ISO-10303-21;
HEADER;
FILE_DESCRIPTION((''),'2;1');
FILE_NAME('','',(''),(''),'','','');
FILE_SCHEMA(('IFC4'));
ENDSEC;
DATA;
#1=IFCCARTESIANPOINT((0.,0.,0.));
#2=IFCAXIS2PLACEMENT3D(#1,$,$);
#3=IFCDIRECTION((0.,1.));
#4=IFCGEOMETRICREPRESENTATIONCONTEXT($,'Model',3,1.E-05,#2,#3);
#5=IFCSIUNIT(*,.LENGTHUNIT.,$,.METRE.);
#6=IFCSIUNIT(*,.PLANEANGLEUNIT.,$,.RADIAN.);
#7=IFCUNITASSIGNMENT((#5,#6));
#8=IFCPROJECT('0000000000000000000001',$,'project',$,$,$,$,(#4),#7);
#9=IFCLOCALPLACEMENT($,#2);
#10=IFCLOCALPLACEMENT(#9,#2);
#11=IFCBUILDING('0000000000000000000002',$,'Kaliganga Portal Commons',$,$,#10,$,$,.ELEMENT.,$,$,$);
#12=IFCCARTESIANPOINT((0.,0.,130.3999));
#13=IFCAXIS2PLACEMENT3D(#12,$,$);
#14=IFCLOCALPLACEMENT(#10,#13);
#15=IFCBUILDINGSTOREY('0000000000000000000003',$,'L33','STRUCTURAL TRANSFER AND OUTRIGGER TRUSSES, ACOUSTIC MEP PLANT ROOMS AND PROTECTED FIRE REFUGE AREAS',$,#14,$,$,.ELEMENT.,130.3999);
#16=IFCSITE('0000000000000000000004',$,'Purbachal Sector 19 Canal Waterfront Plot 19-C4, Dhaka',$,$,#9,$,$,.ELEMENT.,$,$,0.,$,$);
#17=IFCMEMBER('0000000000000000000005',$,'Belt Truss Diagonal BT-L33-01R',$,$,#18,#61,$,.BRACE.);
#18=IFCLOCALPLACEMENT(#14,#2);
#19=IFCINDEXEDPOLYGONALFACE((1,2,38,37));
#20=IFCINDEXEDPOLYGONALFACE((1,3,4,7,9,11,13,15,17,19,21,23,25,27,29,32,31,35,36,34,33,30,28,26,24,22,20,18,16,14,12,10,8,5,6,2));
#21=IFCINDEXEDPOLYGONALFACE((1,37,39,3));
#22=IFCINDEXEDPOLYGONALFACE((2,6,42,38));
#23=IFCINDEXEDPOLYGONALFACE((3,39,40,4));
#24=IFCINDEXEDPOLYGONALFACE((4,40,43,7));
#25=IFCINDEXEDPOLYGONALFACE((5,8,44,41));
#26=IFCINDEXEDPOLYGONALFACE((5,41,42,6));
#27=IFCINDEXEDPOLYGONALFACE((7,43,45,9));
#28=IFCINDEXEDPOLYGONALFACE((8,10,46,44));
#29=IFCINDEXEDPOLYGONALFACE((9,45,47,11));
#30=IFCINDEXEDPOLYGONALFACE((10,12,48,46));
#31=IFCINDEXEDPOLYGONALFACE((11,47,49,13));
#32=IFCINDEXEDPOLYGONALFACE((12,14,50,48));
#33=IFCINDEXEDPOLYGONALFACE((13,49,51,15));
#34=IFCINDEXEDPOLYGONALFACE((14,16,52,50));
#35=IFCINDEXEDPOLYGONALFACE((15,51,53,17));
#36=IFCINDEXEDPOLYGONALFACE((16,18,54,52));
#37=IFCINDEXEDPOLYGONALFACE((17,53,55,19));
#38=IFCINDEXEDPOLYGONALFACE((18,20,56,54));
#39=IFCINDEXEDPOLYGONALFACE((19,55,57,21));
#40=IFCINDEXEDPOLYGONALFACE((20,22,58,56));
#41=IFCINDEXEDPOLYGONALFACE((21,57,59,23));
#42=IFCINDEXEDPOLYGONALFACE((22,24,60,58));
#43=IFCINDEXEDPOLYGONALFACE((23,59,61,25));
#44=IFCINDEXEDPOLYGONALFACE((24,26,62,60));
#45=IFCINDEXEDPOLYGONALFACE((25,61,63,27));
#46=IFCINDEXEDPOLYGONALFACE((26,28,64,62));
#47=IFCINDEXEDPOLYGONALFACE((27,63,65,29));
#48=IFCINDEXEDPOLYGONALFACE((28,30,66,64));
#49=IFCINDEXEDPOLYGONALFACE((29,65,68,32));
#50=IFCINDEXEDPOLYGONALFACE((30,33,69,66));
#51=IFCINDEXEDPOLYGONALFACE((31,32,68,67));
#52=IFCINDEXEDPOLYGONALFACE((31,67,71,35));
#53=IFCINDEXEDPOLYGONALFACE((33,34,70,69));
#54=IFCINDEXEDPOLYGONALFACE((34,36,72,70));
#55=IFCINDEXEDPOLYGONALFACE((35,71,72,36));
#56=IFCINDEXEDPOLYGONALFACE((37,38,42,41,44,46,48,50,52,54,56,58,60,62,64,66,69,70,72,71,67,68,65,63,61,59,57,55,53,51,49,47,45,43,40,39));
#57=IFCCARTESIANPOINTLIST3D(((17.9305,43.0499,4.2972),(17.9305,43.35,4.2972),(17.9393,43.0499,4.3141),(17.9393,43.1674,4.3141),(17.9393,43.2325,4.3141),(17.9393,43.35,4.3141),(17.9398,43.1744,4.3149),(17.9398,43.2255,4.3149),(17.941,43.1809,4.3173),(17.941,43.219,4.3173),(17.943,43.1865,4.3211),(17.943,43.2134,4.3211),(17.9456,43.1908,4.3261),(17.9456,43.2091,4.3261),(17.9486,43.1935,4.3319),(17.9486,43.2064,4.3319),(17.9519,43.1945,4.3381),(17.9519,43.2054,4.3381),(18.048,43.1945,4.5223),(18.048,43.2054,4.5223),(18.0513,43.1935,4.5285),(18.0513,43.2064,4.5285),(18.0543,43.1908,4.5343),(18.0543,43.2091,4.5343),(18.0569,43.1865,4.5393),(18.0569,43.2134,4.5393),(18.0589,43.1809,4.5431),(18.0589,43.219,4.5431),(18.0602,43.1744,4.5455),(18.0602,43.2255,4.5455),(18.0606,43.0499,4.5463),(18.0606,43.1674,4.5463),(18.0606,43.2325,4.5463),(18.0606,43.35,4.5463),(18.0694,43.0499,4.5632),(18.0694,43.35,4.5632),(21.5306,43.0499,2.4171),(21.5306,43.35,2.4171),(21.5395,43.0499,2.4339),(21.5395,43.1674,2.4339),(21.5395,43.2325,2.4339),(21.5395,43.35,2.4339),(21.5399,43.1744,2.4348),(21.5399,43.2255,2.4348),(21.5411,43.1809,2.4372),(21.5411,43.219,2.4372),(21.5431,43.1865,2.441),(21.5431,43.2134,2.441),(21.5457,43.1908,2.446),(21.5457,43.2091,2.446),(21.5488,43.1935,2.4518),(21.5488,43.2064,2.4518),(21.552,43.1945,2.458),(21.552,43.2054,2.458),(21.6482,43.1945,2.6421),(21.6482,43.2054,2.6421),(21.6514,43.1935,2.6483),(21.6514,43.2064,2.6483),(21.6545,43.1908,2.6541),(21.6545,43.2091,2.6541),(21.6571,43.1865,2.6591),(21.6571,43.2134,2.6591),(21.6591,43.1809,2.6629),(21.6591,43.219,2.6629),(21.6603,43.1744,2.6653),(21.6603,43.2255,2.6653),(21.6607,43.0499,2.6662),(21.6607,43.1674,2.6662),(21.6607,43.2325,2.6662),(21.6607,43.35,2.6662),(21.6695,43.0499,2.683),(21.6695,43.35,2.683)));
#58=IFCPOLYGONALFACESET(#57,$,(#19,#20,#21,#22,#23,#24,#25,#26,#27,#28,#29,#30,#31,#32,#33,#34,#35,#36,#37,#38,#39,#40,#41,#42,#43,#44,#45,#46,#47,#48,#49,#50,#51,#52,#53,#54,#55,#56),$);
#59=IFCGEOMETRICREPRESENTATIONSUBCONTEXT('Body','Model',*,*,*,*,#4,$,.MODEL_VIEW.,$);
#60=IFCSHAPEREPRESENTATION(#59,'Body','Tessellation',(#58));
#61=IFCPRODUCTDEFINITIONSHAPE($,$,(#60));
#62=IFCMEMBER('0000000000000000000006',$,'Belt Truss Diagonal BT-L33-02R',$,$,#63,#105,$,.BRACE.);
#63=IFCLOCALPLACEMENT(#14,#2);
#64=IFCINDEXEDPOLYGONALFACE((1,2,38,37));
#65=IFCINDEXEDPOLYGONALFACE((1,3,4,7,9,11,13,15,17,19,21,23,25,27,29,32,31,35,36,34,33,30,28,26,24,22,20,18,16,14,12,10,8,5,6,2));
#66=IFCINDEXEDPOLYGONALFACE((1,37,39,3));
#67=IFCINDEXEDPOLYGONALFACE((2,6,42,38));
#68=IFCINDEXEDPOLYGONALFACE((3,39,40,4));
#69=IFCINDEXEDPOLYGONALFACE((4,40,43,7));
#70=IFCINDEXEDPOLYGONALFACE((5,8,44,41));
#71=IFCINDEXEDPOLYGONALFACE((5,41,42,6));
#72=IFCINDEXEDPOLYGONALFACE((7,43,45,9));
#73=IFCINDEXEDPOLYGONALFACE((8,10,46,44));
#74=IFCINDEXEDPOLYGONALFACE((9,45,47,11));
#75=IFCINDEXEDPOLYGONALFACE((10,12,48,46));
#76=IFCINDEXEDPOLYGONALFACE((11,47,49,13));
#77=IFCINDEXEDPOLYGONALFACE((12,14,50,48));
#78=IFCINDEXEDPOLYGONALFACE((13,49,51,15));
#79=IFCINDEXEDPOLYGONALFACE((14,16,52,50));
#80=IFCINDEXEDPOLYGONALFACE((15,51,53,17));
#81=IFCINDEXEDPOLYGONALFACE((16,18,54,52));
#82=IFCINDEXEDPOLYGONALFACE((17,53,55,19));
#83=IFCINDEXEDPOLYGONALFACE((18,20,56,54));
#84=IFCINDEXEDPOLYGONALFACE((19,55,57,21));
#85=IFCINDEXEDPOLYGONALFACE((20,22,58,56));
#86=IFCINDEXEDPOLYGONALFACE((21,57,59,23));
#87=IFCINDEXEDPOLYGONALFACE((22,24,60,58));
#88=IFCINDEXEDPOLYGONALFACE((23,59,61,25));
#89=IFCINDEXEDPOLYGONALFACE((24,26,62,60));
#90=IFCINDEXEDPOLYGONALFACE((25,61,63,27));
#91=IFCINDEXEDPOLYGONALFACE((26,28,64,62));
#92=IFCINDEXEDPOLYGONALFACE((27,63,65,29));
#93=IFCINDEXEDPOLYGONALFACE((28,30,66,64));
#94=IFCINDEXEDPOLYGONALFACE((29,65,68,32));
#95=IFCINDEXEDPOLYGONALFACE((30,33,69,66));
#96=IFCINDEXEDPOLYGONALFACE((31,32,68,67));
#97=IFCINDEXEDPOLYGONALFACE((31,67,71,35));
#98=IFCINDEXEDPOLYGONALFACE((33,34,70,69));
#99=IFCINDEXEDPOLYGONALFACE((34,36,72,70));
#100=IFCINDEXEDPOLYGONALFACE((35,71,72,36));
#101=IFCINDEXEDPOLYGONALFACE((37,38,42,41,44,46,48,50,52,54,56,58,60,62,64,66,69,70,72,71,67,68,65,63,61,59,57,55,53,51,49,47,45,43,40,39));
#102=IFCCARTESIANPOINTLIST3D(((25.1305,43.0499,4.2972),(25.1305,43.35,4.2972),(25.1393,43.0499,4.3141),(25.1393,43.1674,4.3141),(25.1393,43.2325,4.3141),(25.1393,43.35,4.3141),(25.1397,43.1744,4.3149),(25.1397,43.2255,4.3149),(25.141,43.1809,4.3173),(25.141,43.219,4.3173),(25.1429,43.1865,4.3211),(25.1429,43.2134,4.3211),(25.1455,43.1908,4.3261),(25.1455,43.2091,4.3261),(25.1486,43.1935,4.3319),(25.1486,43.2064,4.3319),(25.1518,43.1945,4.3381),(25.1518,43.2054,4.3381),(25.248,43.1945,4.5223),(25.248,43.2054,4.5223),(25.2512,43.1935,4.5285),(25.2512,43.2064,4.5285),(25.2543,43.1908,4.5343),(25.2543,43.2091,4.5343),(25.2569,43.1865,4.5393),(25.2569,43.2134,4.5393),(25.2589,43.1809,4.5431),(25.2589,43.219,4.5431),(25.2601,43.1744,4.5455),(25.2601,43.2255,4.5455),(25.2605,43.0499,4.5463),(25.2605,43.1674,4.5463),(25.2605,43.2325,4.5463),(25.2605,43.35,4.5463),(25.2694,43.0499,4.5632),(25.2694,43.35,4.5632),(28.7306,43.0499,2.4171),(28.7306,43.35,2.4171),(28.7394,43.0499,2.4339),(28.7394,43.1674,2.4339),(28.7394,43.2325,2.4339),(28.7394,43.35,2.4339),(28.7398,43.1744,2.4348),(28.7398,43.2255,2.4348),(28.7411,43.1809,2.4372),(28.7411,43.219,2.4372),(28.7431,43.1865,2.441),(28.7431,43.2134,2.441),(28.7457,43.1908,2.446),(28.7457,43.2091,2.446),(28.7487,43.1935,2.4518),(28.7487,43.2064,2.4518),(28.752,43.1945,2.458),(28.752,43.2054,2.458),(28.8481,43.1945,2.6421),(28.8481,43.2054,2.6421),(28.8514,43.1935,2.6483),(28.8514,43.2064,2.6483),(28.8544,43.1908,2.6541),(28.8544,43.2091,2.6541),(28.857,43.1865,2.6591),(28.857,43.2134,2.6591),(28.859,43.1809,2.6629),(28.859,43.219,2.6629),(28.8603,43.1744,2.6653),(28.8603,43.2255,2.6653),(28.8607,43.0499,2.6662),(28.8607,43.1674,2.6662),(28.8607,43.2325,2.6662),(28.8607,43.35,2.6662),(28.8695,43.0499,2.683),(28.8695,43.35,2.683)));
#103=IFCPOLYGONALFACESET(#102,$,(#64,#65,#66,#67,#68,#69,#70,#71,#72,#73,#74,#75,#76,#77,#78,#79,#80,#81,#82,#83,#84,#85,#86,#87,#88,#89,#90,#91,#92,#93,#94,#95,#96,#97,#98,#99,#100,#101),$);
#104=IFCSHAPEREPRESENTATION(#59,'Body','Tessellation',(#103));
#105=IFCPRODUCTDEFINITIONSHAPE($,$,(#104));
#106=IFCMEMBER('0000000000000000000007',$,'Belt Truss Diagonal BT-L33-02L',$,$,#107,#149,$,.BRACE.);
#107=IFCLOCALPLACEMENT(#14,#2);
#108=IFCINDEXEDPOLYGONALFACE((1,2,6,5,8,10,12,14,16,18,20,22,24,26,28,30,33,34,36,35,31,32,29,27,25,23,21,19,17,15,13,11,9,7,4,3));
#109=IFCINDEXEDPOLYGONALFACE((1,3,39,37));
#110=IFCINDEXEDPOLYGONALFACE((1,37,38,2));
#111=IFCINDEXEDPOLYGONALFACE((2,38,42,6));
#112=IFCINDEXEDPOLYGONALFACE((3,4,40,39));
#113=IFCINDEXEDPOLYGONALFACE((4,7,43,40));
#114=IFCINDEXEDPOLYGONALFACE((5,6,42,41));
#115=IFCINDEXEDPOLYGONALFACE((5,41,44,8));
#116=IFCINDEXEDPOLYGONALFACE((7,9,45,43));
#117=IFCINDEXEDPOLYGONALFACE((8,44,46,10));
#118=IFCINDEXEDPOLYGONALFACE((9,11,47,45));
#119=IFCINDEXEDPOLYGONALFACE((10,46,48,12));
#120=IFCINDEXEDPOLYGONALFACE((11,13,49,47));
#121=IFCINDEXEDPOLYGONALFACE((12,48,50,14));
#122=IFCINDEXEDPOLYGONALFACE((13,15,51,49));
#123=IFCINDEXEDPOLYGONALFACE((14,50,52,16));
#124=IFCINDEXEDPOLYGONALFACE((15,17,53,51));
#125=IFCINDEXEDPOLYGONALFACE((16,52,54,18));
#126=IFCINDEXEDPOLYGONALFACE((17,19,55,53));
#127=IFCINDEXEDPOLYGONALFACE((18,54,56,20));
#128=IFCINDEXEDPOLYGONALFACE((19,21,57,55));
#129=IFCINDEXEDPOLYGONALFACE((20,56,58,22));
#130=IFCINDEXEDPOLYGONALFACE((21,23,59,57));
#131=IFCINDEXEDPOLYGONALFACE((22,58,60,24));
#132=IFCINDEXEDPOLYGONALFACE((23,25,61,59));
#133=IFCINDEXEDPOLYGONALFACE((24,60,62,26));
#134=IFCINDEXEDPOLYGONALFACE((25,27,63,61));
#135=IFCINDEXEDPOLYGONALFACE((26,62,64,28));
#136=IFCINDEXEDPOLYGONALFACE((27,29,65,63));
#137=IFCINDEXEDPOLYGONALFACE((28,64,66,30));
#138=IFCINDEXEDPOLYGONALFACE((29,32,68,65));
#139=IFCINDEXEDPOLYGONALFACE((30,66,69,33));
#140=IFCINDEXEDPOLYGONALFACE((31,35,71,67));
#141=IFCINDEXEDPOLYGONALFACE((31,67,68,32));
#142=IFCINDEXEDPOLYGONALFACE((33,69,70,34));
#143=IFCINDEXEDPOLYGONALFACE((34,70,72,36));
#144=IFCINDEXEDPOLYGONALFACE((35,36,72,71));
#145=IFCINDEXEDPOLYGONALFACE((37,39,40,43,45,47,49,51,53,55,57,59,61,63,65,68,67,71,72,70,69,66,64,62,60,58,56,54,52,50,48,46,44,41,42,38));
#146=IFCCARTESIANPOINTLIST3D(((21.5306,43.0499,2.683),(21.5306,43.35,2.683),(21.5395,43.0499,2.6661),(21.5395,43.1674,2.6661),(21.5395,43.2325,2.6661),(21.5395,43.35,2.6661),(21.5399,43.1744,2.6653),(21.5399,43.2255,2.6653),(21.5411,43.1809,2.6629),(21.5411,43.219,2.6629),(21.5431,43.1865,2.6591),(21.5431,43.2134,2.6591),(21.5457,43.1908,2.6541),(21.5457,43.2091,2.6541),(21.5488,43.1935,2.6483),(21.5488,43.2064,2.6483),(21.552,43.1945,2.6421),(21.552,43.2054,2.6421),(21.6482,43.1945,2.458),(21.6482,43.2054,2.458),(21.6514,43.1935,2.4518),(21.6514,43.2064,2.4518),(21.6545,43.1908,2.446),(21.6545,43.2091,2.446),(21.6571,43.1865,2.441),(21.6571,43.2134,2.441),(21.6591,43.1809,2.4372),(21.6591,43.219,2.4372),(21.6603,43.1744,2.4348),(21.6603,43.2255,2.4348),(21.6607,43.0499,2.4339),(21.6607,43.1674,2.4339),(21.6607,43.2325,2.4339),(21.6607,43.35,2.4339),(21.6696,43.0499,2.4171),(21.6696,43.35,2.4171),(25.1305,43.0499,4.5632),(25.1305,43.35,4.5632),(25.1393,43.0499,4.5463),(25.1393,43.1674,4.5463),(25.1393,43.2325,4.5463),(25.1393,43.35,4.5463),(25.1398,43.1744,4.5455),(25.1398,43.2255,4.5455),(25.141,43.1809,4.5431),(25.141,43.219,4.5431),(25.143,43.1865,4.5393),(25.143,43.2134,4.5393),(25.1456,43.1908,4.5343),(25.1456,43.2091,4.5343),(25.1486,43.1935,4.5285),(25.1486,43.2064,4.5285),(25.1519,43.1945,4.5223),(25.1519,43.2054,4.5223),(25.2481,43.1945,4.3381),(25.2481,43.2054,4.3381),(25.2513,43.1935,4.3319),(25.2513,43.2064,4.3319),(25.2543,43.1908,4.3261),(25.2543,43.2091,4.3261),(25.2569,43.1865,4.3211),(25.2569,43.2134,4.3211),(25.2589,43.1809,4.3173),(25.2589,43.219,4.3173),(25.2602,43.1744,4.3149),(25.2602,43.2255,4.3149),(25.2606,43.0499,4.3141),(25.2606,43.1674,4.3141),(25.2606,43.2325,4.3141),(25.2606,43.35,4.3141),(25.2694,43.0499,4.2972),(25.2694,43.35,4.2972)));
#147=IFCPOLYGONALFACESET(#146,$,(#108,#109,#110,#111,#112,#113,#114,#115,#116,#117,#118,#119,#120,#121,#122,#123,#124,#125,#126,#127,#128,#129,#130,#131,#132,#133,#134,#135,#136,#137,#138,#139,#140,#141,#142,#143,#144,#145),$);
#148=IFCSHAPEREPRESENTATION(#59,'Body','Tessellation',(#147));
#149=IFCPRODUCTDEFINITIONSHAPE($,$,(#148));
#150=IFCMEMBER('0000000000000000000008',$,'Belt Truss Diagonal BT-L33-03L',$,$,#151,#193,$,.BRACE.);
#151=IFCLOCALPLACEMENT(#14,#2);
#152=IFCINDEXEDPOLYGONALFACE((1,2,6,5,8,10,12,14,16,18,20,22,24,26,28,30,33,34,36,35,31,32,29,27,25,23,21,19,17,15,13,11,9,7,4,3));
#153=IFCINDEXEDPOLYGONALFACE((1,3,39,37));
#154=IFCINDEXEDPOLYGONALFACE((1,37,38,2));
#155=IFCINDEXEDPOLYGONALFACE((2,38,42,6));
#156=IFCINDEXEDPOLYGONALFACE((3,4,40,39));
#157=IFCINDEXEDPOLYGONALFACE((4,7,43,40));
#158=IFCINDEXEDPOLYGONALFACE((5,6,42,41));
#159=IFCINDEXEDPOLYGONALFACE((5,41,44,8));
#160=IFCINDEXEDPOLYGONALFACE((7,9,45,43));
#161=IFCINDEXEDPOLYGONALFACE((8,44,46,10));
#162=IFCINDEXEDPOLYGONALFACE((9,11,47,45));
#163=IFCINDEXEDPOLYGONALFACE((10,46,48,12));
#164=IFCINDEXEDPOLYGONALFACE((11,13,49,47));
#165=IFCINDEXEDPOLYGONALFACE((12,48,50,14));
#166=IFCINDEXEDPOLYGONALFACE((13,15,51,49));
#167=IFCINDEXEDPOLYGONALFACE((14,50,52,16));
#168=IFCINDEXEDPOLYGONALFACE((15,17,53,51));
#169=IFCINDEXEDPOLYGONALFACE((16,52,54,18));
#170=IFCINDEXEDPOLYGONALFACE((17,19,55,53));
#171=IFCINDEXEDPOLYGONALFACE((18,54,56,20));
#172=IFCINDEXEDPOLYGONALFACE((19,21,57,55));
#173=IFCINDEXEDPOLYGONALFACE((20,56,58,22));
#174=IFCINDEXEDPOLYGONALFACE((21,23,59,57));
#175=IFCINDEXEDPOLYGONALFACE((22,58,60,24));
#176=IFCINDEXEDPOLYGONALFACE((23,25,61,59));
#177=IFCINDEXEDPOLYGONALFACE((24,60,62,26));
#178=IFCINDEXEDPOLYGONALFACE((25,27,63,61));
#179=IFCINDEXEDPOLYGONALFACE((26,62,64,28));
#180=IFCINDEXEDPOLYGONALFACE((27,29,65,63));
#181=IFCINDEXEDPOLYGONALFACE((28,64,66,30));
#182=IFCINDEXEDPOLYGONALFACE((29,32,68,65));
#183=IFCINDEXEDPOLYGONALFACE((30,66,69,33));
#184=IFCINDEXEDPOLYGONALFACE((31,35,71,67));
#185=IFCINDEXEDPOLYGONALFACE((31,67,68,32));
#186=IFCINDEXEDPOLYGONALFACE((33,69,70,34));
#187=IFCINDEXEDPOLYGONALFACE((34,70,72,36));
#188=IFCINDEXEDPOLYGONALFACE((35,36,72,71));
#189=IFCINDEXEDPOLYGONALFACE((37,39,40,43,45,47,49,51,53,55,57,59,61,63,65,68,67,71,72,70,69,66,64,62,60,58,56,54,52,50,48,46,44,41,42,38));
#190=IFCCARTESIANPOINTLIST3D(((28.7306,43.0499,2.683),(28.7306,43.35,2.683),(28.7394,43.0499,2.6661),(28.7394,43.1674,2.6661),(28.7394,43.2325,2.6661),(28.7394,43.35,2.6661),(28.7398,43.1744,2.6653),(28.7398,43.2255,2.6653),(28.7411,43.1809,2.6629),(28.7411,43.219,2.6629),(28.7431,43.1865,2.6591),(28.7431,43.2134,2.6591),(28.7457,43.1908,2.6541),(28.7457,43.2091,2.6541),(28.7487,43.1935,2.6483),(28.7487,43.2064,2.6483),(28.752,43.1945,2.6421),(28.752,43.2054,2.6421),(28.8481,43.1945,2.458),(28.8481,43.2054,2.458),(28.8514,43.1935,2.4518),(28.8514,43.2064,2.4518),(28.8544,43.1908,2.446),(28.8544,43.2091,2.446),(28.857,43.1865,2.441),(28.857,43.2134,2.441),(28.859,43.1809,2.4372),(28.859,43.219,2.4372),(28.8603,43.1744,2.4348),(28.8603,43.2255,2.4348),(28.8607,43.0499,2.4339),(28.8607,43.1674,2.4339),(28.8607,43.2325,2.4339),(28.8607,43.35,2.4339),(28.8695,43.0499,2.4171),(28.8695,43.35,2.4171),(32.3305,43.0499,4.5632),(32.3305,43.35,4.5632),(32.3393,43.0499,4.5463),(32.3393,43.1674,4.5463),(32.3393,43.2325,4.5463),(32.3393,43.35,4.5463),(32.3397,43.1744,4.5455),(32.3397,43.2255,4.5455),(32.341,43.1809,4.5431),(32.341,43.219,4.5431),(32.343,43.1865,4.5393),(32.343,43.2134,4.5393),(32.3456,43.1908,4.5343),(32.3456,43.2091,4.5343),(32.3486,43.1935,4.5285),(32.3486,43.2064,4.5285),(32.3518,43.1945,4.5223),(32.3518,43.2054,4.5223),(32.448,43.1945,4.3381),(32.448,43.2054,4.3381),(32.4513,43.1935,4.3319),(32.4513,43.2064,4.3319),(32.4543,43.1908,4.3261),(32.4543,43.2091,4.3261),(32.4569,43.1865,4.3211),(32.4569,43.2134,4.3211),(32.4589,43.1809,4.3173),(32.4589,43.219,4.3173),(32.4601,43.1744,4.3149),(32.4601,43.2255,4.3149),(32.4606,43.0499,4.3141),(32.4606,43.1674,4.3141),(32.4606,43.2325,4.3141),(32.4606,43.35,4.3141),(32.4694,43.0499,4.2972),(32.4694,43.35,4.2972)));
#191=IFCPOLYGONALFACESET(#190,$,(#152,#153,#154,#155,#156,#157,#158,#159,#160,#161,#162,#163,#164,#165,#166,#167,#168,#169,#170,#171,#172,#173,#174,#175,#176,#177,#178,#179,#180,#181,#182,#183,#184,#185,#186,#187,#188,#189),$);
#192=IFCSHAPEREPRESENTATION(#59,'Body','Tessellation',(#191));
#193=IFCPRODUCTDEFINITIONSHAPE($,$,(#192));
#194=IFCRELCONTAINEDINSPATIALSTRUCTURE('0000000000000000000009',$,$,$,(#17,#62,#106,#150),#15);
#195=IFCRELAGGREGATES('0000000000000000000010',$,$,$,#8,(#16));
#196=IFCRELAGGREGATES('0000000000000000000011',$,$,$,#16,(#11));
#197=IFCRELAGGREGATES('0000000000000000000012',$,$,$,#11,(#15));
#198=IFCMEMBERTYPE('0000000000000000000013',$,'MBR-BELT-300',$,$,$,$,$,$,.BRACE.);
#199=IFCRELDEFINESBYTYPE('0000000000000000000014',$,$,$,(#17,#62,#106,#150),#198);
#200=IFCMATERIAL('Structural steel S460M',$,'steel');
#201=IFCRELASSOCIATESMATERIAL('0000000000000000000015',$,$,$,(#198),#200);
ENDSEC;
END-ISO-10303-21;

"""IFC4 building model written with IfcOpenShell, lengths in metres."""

from ifc_helpers import new_model, si_unit, direction, frame, origin, origin_2d, place, context, subcontext, project, spatial, i_section, extrude, source, transform, mapped, material, material_profile, profile_set, type_object, element, save


model = new_model("IFC4")

# Units and contexts
model_context = context("Model", 3, precision=1e-05, world=origin(), true_north=direction((0.0, 1.0)))
body_context = subcontext(model_context, "Body", "Model", "MODEL_VIEW")
ifc_project = project(units=[si_unit("LENGTHUNIT", "METRE"), si_unit("PLANEANGLEUNIT", "RADIAN")], contexts=[model_context])

# Site, building, storey
site_placement = place(None, origin())
site = spatial("IfcSite", under=ifc_project, at=site_placement, Name="Purbachal Sector 19 Canal Waterfront Plot 19-C4, Dhaka", CompositionType="ELEMENT", RefElevation=0.0)
building_placement = place(site_placement, origin())
building = spatial("IfcBuilding", under=site, at=building_placement, Name="Kaliganga Portal Commons", CompositionType="ELEMENT")
storey_placement = place(building_placement, frame((0.0, 0.0, 130.3999)))
storey = spatial("IfcBuildingStorey", under=building, at=storey_placement, Name="L33", Description="STRUCTURAL TRANSFER AND OUTRIGGER TRUSSES, ACOUSTIC MEP PLANT ROOMS AND PROTECTED FIRE REFUGE AREAS", CompositionType="ELEMENT", Elevation=130.3999)

# Shared definitions
ifc_material_1 = material(Name="Structural steel S460M", Category="steel")

# Members
ifc_material_profile_1 = material_profile(ifc_material_1, i_section(OverallWidth=0.3, OverallDepth=0.3, WebThickness=0.011, FlangeThickness=0.019, FilletRadius=0.0271, at=origin_2d()), Name="HE 300 B")
ifc_profile_set_1 = profile_set([ifc_material_profile_1], Name="Structural steel S460M wide-flange")
member_type_1 = type_object("IfcMemberType", Name="MBR-BELT-300", PredefinedType="BRACE", material=ifc_profile_set_1)
shared_shape_1 = source(origin(), body_context, "Body", "SweptSolid", [
    extrude(i_section(OverallWidth=0.3, OverallDepth=0.3, WebThickness=0.011, FlangeThickness=0.019, FilletRadius=0.0271, at=origin_2d()), origin(), (0.0, 0.0, 1.0), 4.0615),
])
for number, where, z_axis, x_axis, name in (
    (1, (21.6001, 43.2, 2.55), (-0.886401, 0.0, 0.462917), (0.0, -1.0, 0.0), "Belt Truss Diagonal BT-L33-01R"),
    (2, (28.8, 43.2, 2.55), (-0.886401, 0.0, 0.462917), (0.0, -1.0, 0.0), "Belt Truss Diagonal BT-L33-02R"),
):
    element("IfcMember", number, at=place(storey_placement, frame(where, z_axis=z_axis, x_axis=x_axis)), inside=storey, type_object=member_type_1, Name=name, PredefinedType="BRACE", context=body_context, shape_type="MappedRepresentation", body=[
        mapped(shared_shape_1, transform((0.0, 0.0, 0.0), x_axis=(1.0, 0.0, 0.0), y_axis=(0.0, 1.0, 0.0), z_axis=(0.0, 0.0, 1.0), scale=1.0)),
    ])
shared_shape_2 = source(origin(), body_context, "Body", "SweptSolid", [
    extrude(i_section(OverallWidth=0.3, OverallDepth=0.3, WebThickness=0.011, FlangeThickness=0.019, FilletRadius=0.0271, at=origin_2d()), origin(), (0.0, 0.0, 1.0), 4.0613),
])
for number, where, z_axis, x_axis, name in (
    (3, (21.6001, 43.2, 2.55), (0.886389, 0.0, 0.462942), (0.0, 1.0, 0.0), "Belt Truss Diagonal BT-L33-02L"),
    (4, (28.8, 43.2, 2.55), (0.886389, 0.0, 0.462942), (0.0, 1.0, 0.0), "Belt Truss Diagonal BT-L33-03L"),
):
    element("IfcMember", number, at=place(storey_placement, frame(where, z_axis=z_axis, x_axis=x_axis)), inside=storey, type_object=member_type_1, Name=name, PredefinedType="BRACE", context=body_context, shape_type="MappedRepresentation", body=[
        mapped(shared_shape_2, transform((0.0, 0.0, 0.0), x_axis=(1.0, 0.0, 0.0), y_axis=(0.0, 1.0, 0.0), z_axis=(0.0, 0.0, 1.0), scale=1.0)),
    ])

save(model, "model.ifc")
